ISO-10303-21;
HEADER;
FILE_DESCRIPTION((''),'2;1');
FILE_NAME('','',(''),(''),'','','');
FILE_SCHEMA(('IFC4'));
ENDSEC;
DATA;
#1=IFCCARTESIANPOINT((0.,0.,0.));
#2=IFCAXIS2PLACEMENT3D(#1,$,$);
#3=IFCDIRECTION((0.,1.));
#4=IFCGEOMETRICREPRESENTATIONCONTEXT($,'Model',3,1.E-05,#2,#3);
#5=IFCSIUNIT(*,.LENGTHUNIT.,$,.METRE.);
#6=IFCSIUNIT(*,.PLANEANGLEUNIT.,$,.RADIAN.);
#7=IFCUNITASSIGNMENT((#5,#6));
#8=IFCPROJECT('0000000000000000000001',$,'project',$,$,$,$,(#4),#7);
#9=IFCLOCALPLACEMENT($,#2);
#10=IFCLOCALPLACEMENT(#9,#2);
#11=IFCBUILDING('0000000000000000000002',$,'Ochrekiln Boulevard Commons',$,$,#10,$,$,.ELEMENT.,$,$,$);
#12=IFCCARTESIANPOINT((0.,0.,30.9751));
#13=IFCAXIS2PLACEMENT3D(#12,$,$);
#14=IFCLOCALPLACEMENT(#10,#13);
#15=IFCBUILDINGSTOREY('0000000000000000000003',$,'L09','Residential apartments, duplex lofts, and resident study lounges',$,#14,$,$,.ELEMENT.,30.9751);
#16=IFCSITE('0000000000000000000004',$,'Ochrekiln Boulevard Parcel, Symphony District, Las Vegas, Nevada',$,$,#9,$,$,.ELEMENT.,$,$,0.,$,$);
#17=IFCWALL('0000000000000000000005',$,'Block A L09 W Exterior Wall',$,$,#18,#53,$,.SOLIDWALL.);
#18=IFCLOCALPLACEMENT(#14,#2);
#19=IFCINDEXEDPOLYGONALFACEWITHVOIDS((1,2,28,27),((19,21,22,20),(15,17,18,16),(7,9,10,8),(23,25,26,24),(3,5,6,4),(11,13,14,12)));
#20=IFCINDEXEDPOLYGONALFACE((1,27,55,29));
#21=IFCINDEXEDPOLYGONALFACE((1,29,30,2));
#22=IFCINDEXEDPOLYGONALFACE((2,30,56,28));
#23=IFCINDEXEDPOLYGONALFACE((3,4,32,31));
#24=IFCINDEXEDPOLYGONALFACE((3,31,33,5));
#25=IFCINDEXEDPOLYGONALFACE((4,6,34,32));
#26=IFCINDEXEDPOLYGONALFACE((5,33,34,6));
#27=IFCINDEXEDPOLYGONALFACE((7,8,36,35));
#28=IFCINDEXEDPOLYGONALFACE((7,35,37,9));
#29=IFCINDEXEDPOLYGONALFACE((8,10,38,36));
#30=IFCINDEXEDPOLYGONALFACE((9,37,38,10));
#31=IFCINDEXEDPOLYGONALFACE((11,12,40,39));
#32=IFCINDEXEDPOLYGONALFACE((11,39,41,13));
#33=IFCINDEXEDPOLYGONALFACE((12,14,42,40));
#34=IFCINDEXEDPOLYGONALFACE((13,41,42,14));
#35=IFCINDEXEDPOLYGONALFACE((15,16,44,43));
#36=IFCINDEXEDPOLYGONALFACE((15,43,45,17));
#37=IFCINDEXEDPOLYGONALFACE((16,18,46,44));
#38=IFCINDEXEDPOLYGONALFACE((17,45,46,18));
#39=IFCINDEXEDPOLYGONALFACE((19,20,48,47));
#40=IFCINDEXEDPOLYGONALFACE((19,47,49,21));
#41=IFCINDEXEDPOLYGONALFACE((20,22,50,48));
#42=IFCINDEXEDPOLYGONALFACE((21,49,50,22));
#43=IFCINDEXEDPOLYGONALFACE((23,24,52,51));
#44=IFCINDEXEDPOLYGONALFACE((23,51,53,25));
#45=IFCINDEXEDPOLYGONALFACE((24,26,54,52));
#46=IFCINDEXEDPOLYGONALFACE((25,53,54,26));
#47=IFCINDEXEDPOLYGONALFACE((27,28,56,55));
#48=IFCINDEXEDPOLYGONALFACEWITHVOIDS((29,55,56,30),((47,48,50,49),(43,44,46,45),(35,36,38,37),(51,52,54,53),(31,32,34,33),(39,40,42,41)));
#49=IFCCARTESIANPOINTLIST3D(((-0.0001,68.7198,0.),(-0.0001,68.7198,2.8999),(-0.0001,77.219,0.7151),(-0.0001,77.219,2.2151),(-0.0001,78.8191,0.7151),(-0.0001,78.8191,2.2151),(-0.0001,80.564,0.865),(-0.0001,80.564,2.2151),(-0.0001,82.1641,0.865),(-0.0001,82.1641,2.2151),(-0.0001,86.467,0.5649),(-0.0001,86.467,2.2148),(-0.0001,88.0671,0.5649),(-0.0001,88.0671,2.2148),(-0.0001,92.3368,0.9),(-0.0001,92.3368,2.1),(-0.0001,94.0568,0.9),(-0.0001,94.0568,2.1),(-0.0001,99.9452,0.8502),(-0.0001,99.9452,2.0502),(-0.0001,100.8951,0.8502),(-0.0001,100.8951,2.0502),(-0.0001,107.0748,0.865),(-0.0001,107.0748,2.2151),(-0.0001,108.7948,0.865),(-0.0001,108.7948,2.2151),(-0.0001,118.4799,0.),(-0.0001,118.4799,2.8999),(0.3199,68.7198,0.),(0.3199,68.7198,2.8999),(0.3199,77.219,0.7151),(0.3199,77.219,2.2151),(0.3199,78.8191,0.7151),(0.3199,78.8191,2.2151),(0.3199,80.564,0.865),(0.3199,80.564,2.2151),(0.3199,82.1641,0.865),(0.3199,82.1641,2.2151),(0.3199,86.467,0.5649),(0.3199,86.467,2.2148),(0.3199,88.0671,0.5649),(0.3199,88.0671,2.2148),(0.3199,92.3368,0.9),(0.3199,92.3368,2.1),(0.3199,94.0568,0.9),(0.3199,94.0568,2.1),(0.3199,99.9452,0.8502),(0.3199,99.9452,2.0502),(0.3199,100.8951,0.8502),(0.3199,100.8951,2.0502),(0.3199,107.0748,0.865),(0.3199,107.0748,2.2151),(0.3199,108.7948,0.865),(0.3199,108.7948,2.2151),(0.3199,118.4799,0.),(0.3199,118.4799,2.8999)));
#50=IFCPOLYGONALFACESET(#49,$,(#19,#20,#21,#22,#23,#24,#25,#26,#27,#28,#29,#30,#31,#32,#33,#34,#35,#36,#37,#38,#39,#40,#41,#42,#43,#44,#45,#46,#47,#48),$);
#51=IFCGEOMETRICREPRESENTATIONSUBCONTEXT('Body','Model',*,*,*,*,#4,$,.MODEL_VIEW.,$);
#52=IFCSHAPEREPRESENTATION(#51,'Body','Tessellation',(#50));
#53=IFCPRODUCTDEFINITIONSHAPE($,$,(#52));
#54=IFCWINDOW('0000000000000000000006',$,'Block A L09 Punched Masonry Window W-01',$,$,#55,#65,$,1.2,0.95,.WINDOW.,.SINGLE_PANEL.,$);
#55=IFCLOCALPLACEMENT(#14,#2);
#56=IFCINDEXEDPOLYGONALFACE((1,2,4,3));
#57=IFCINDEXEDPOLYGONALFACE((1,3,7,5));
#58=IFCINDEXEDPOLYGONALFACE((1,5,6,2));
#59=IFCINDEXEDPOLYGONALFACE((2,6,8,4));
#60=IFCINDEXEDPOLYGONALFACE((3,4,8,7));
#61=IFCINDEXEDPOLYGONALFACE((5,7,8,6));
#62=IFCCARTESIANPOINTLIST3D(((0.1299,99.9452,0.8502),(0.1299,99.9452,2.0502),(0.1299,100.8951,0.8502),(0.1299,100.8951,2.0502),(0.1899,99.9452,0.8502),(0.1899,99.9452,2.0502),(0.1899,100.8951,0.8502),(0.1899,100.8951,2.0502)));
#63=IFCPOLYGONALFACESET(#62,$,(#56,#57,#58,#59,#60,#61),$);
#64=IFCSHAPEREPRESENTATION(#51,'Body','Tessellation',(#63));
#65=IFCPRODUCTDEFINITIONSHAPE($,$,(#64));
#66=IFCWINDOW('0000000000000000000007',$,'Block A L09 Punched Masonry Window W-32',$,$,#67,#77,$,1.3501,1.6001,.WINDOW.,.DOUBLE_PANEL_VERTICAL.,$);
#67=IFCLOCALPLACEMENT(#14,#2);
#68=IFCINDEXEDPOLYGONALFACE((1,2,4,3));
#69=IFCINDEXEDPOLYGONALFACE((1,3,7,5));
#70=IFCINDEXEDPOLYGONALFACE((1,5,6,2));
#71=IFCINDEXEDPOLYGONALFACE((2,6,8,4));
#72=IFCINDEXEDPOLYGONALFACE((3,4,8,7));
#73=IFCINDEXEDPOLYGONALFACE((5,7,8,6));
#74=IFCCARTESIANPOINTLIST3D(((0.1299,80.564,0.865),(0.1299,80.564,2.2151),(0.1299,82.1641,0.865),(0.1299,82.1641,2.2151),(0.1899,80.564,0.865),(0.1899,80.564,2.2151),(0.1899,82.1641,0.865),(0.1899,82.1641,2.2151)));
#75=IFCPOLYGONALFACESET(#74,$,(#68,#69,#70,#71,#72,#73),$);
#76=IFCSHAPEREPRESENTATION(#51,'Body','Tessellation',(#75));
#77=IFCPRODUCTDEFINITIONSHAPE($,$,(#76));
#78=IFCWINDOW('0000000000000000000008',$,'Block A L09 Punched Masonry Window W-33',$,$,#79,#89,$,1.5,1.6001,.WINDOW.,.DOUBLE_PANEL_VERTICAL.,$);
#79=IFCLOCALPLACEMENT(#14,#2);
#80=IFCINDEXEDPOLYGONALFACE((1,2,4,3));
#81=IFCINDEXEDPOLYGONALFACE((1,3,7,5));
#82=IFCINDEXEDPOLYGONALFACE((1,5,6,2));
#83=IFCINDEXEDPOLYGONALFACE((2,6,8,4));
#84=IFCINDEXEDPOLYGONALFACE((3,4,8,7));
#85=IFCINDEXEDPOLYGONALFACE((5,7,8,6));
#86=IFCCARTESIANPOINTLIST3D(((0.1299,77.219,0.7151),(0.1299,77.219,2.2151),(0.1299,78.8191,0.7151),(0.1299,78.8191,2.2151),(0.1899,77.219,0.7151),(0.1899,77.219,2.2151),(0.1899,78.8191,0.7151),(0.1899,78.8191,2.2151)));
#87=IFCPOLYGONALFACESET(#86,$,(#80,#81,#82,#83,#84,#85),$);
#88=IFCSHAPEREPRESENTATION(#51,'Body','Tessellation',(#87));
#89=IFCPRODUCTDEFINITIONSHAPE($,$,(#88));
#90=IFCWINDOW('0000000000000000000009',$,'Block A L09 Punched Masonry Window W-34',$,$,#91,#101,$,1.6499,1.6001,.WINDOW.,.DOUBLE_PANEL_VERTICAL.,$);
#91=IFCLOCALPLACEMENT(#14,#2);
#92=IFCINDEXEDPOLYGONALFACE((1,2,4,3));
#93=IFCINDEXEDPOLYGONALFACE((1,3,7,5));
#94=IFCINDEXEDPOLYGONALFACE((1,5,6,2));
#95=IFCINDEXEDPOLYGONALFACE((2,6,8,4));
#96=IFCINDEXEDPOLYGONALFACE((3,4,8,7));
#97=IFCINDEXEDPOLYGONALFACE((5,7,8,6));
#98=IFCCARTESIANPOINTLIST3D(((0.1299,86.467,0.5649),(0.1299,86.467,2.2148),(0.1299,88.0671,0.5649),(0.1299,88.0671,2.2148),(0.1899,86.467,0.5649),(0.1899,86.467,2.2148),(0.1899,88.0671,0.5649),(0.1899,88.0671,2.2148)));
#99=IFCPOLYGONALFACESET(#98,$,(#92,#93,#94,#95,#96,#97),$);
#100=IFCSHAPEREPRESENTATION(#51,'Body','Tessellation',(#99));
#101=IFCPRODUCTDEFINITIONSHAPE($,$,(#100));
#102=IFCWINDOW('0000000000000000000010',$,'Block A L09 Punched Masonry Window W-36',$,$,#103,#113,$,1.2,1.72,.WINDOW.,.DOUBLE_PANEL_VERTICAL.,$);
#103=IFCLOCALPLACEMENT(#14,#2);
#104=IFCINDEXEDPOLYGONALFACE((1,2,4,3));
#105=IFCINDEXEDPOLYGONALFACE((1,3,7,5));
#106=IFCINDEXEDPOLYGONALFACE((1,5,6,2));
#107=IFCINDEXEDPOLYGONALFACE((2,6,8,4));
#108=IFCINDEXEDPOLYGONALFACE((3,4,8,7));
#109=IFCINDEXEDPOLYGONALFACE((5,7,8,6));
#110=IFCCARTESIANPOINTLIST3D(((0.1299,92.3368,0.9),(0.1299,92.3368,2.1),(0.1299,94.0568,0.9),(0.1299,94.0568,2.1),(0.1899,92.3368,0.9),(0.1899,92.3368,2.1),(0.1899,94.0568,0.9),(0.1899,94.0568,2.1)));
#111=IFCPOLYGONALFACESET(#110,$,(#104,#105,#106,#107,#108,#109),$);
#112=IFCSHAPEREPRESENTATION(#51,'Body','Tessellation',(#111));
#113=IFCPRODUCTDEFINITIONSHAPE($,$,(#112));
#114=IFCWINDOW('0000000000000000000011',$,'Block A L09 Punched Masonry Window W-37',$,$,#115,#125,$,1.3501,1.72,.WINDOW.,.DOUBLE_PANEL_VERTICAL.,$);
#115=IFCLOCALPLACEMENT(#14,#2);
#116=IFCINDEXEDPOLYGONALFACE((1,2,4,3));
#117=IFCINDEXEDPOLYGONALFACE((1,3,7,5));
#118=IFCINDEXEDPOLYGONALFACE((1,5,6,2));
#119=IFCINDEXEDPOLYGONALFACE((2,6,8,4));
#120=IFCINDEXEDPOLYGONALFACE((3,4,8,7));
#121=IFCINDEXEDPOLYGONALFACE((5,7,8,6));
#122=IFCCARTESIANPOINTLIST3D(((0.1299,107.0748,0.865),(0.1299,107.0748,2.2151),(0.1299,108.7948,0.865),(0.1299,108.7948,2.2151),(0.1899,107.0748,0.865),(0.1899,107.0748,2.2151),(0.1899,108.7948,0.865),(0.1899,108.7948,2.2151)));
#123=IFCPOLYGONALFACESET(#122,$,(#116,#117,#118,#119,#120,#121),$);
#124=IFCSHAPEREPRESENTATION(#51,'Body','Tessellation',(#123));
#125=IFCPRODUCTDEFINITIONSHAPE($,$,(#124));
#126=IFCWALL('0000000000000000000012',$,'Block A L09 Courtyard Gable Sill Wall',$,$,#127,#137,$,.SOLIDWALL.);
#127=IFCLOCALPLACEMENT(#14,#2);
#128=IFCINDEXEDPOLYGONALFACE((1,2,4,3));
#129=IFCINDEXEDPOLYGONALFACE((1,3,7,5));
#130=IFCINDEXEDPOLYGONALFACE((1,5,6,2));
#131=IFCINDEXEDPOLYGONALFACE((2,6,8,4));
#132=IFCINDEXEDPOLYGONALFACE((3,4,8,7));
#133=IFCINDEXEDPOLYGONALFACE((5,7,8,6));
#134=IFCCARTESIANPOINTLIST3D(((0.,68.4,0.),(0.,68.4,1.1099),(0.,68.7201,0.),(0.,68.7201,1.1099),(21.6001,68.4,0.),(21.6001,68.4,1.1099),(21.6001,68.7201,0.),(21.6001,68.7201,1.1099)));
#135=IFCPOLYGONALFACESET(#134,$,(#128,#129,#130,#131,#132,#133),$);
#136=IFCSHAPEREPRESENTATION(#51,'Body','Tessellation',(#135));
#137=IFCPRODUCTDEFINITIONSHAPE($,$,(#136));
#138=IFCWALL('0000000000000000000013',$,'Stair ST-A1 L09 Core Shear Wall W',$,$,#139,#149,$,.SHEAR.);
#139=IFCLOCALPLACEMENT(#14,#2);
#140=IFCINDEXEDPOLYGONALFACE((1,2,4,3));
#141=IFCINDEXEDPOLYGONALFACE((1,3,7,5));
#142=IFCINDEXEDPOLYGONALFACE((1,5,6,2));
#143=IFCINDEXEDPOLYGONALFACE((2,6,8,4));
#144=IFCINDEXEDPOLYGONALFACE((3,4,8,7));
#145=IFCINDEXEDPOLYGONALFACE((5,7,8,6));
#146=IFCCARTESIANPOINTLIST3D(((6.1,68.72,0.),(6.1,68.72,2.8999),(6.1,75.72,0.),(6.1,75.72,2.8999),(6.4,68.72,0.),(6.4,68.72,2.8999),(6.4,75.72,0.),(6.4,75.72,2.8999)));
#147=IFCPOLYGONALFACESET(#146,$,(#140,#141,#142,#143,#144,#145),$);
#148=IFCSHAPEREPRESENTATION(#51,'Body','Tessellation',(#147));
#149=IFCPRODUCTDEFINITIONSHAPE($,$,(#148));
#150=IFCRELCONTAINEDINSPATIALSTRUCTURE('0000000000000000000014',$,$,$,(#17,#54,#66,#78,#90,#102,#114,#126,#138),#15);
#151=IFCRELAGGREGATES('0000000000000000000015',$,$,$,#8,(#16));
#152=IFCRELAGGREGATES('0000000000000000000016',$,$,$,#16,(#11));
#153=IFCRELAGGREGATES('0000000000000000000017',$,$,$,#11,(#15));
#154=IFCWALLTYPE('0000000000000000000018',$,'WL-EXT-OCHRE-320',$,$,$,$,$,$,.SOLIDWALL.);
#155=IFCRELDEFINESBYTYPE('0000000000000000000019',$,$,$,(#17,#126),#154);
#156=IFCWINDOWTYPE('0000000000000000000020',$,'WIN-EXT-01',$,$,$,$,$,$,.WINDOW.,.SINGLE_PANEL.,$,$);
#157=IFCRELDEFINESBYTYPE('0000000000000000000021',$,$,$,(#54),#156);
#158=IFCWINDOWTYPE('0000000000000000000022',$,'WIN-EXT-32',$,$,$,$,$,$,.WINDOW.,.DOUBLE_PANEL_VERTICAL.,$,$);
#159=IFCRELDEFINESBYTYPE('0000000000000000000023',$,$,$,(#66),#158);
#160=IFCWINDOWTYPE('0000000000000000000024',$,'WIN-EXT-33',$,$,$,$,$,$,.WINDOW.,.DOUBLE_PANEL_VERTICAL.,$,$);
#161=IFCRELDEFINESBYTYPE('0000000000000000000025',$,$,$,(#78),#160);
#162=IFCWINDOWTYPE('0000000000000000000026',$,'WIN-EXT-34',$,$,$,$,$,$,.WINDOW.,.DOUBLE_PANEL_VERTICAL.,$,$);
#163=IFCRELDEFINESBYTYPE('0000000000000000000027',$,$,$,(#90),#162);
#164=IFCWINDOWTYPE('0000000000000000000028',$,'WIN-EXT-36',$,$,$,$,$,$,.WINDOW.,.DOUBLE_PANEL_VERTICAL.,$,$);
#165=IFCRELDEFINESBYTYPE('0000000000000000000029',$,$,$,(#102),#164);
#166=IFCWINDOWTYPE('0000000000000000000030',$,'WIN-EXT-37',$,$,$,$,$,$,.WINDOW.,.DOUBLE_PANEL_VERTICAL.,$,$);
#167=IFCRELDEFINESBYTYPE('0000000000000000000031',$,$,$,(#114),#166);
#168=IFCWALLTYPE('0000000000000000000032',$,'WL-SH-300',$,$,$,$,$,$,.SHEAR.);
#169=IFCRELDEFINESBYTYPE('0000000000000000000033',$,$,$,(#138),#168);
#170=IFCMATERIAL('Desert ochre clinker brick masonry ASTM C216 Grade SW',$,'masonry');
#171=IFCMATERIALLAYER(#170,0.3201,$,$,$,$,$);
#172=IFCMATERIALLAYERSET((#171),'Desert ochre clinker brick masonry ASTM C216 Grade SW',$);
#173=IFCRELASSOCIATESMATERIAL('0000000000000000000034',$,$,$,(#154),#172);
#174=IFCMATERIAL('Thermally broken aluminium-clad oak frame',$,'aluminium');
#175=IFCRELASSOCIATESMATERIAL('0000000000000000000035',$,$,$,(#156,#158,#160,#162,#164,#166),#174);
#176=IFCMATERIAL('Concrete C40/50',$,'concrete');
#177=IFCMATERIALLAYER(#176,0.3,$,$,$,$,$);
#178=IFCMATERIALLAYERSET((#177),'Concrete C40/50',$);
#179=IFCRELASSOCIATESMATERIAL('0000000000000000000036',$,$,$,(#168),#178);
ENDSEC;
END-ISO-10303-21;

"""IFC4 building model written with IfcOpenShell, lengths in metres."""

from ifc_helpers import new_model, si_unit, direction, frame, frame_2d, origin, place, context, subcontext, project, spatial, rectangle, extrude, material, layer, layer_set, type_object, element, fill, save


model = new_model("IFC4")

# Units and contexts
model_context = context("Model", 3, precision=1e-05, world=origin(), true_north=direction((0.0, 1.0)))
body_context = subcontext(model_context, "Body", "Model", "MODEL_VIEW")
ifc_project = project(units=[si_unit("LENGTHUNIT", "METRE"), si_unit("PLANEANGLEUNIT", "RADIAN")], contexts=[model_context])

# Site, building, storey
site_placement = place(None, origin())
site = spatial("IfcSite", under=ifc_project, at=site_placement, Name="Ochrekiln Boulevard Parcel, Symphony District, Las Vegas, Nevada", CompositionType="ELEMENT", RefElevation=0.0)
building_placement = place(site_placement, origin())
building = spatial("IfcBuilding", under=site, at=building_placement, Name="Ochrekiln Boulevard Commons", CompositionType="ELEMENT")
storey_placement = place(building_placement, frame((0.0, 0.0, 30.9751)))
storey = spatial("IfcBuildingStorey", under=building, at=storey_placement, Name="L09", Description="Residential apartments, duplex lofts, and resident study lounges", CompositionType="ELEMENT", Elevation=30.9751)

# Wall, openings, windows
ifc_material_1 = material(Name="Desert ochre clinker brick masonry ASTM C216 Grade SW", Category="masonry")
ifc_layer_1 = layer(ifc_material_1, 0.3201)
ifc_layer_set_1 = layer_set([ifc_layer_1], Name="Desert ochre clinker brick masonry ASTM C216 Grade SW")
wall_type_1 = type_object("IfcWallType", Name="WL-EXT-OCHRE-320", PredefinedType="SOLIDWALL", material=ifc_layer_set_1)
wall_1_placement = place(storey_placement, frame((0.1599, 68.72, 0.0), z_axis=(0.0, 0.0, 1.0), x_axis=(0.0, 1.0, 0.0)))
wall_1 = element("IfcWall", 1, at=wall_1_placement, inside=storey, type_object=wall_type_1, Name="Block A L09 W Exterior Wall", PredefinedType="SOLIDWALL", context=body_context, shape_type="SweptSolid", body=[
    extrude(rectangle(XDim=49.76, YDim=0.3201, at=frame_2d((24.8799, 0.0))), origin(), (0.0, 0.0, 1.0), 2.8999),
])
opening_1_placement = place(wall_1_placement, frame((11.844, 0.0, 0.865)))
opening_1 = element("IfcOpeningElement", 2, at=opening_1_placement, cuts=wall_1, PredefinedType="OPENING", context=body_context, shape_type="SweptSolid", body=[
    extrude(rectangle(XDim=1.6001, YDim=1.3501, at=frame_2d((0.8, 0.675))), frame((0.0, 0.1699, 0.0), z_axis=(0.0, -1.0, 0.0), x_axis=(1.0, 0.0, 0.0)), (0.0, 0.0, 1.0), 0.3401),
])
opening_2_placement = place(wall_1_placement, frame((8.499, 0.0, 0.7151)))
opening_2 = element("IfcOpeningElement", 3, at=opening_2_placement, cuts=wall_1, PredefinedType="OPENING", context=body_context, shape_type="SweptSolid", body=[
    extrude(rectangle(XDim=1.6001, YDim=1.5, at=frame_2d((0.8, 0.75))), frame((0.0, 0.1699, 0.0), z_axis=(0.0, -1.0, 0.0), x_axis=(1.0, 0.0, 0.0)), (0.0, 0.0, 1.0), 0.3401),
])
opening_3_placement = place(wall_1_placement, frame((17.7471, 0.0, 0.5649)))
opening_3 = element("IfcOpeningElement", 4, at=opening_3_placement, cuts=wall_1, PredefinedType="OPENING", context=body_context, shape_type="SweptSolid", body=[
    extrude(rectangle(XDim=1.6001, YDim=1.6499, at=frame_2d((0.8, 0.825))), frame((0.0, 0.1699, 0.0), z_axis=(0.0, -1.0, 0.0), x_axis=(1.0, 0.0, 0.0)), (0.0, 0.0, 1.0), 0.3401),
])
opening_4_placement = place(wall_1_placement, frame((31.2251, 0.0, 0.8501)))
opening_4 = element("IfcOpeningElement", 5, at=opening_4_placement, cuts=wall_1, PredefinedType="OPENING", context=body_context, shape_type="SweptSolid", body=[
    extrude(rectangle(XDim=0.95, YDim=1.2, at=frame_2d((0.4751, 0.6001))), frame((0.0, 0.1699, 0.0), z_axis=(0.0, -1.0, 0.0), x_axis=(1.0, 0.0, 0.0)), (0.0, 0.0, 1.0), 0.3401),
])
opening_5_placement = place(wall_1_placement, frame((23.6169, 0.0, 0.8999)))
opening_5 = element("IfcOpeningElement", 6, at=opening_5_placement, cuts=wall_1, PredefinedType="OPENING", context=body_context, shape_type="SweptSolid", body=[
    extrude(rectangle(XDim=1.72, YDim=1.2, at=frame_2d((0.8599, 0.6001))), frame((0.0, 0.1699, 0.0), z_axis=(0.0, -1.0, 0.0), x_axis=(1.0, 0.0, 0.0)), (0.0, 0.0, 1.0), 0.3401),
])
opening_6_placement = place(wall_1_placement, frame((38.355, 0.0, 0.865)))
opening_6 = element("IfcOpeningElement", 7, at=opening_6_placement, cuts=wall_1, PredefinedType="OPENING", context=body_context, shape_type="SweptSolid", body=[
    extrude(rectangle(XDim=1.72, YDim=1.3501, at=frame_2d((0.8599, 0.675))), frame((0.0, 0.1699, 0.0), z_axis=(0.0, -1.0, 0.0), x_axis=(1.0, 0.0, 0.0)), (0.0, 0.0, 1.0), 0.3401),
])
ifc_material_2 = material(Name="Thermally broken aluminium-clad oak frame", Category="aluminium")
window_type_1 = type_object("IfcWindowType", Name="WIN-EXT-01", PartitioningType="SINGLE_PANEL", PredefinedType="WINDOW", material=ifc_material_2)
window_1_placement = place(opening_4_placement, origin())
window_1 = element("IfcWindow", 8, at=window_1_placement, inside=storey, type_object=window_type_1, Name="Block A L09 Punched Masonry Window W-01", OverallHeight=1.2, OverallWidth=0.95, PartitioningType="SINGLE_PANEL", PredefinedType="WINDOW", context=body_context, shape_type="SweptSolid", body=[
    extrude(rectangle(XDim=0.95, YDim=1.2, at=frame_2d((0.4751, 0.6001))), frame((0.0, 0.03, 0.0), z_axis=(0.0, -1.0, 0.0), x_axis=(1.0, 0.0, 0.0)), (0.0, 0.0, 1.0), 0.0601),
])
fill(opening_4, window_1)
window_type_2 = type_object("IfcWindowType", Name="WIN-EXT-32", PartitioningType="DOUBLE_PANEL_VERTICAL", PredefinedType="WINDOW", material=ifc_material_2)
window_2_placement = place(opening_1_placement, origin())
window_2 = element("IfcWindow", 9, at=window_2_placement, inside=storey, type_object=window_type_2, Name="Block A L09 Punched Masonry Window W-32", OverallHeight=1.3501, OverallWidth=1.6001, PartitioningType="DOUBLE_PANEL_VERTICAL", PredefinedType="WINDOW", context=body_context, shape_type="SweptSolid", body=[
    extrude(rectangle(XDim=1.6001, YDim=1.3501, at=frame_2d((0.8, 0.675))), frame((0.0, 0.03, 0.0), z_axis=(0.0, -1.0, 0.0), x_axis=(1.0, 0.0, 0.0)), (0.0, 0.0, 1.0), 0.0601),
])
fill(opening_1, window_2)
window_type_3 = type_object("IfcWindowType", Name="WIN-EXT-33", PartitioningType="DOUBLE_PANEL_VERTICAL", PredefinedType="WINDOW", material=ifc_material_2)
window_3_placement = place(opening_2_placement, origin())
window_3 = element("IfcWindow", 10, at=window_3_placement, inside=storey, type_object=window_type_3, Name="Block A L09 Punched Masonry Window W-33", OverallHeight=1.5, OverallWidth=1.6001, PartitioningType="DOUBLE_PANEL_VERTICAL", PredefinedType="WINDOW", context=body_context, shape_type="SweptSolid", body=[
    extrude(rectangle(XDim=1.6001, YDim=1.5, at=frame_2d((0.8, 0.75))), frame((0.0, 0.03, 0.0), z_axis=(0.0, -1.0, 0.0), x_axis=(1.0, 0.0, 0.0)), (0.0, 0.0, 1.0), 0.0601),
])
fill(opening_2, window_3)
window_type_4 = type_object("IfcWindowType", Name="WIN-EXT-34", PartitioningType="DOUBLE_PANEL_VERTICAL", PredefinedType="WINDOW", material=ifc_material_2)
window_4_placement = place(opening_3_placement, origin())
window_4 = element("IfcWindow", 11, at=window_4_placement, inside=storey, type_object=window_type_4, Name="Block A L09 Punched Masonry Window W-34", OverallHeight=1.6499, OverallWidth=1.6001, PartitioningType="DOUBLE_PANEL_VERTICAL", PredefinedType="WINDOW", context=body_context, shape_type="SweptSolid", body=[
    extrude(rectangle(XDim=1.6001, YDim=1.6499, at=frame_2d((0.8, 0.825))), frame((0.0, 0.03, 0.0), z_axis=(0.0, -1.0, 0.0), x_axis=(1.0, 0.0, 0.0)), (0.0, 0.0, 1.0), 0.0601),
])
fill(opening_3, window_4)
window_type_5 = type_object("IfcWindowType", Name="WIN-EXT-36", PartitioningType="DOUBLE_PANEL_VERTICAL", PredefinedType="WINDOW", material=ifc_material_2)
window_5_placement = place(opening_5_placement, origin())
window_5 = element("IfcWindow", 12, at=window_5_placement, inside=storey, type_object=window_type_5, Name="Block A L09 Punched Masonry Window W-36", OverallHeight=1.2, OverallWidth=1.72, PartitioningType="DOUBLE_PANEL_VERTICAL", PredefinedType="WINDOW", context=body_context, shape_type="SweptSolid", body=[
    extrude(rectangle(XDim=1.72, YDim=1.2, at=frame_2d((0.8599, 0.6001))), frame((0.0, 0.03, 0.0), z_axis=(0.0, -1.0, 0.0), x_axis=(1.0, 0.0, 0.0)), (0.0, 0.0, 1.0), 0.0601),
])
fill(opening_5, window_5)
window_type_6 = type_object("IfcWindowType", Name="WIN-EXT-37", PartitioningType="DOUBLE_PANEL_VERTICAL", PredefinedType="WINDOW", material=ifc_material_2)
window_6_placement = place(opening_6_placement, origin())
window_6 = element("IfcWindow", 13, at=window_6_placement, inside=storey, type_object=window_type_6, Name="Block A L09 Punched Masonry Window W-37", OverallHeight=1.3501, OverallWidth=1.72, PartitioningType="DOUBLE_PANEL_VERTICAL", PredefinedType="WINDOW", context=body_context, shape_type="SweptSolid", body=[
    extrude(rectangle(XDim=1.72, YDim=1.3501, at=frame_2d((0.8599, 0.675))), frame((0.0, 0.03, 0.0), z_axis=(0.0, -1.0, 0.0), x_axis=(1.0, 0.0, 0.0)), (0.0, 0.0, 1.0), 0.0601),
])
fill(opening_6, window_6)

# Walls
wall_2_placement = place(storey_placement, frame((0.0, 68.5601, 0.0), z_axis=(0.0, 0.0, 1.0), x_axis=(1.0, 0.0, 0.0)))
element("IfcWall", 14, at=wall_2_placement, inside=storey, type_object=wall_type_1, Name="Block A L09 Courtyard Gable Sill Wall", PredefinedType="SOLIDWALL", context=body_context, shape_type="SweptSolid", body=[
    extrude(rectangle(XDim=21.6001, YDim=0.3201, at=frame_2d((10.8, 0.0))), origin(), (0.0, 0.0, 1.0), 1.1099),
])
ifc_material_3 = material(Name="Concrete C40/50", Category="concrete")
ifc_layer_2 = layer(ifc_material_3, 0.3)
ifc_layer_set_2 = layer_set([ifc_layer_2], Name="Concrete C40/50")
wall_type_2 = type_object("IfcWallType", Name="WL-SH-300", PredefinedType="SHEAR", material=ifc_layer_set_2)
wall_3_placement = place(storey_placement, frame((6.25, 68.72, 0.0), z_axis=(0.0, 0.0, 1.0), x_axis=(0.0, 1.0, 0.0)))
element("IfcWall", 15, at=wall_3_placement, inside=storey, type_object=wall_type_2, Name="Stair ST-A1 L09 Core Shear Wall W", PredefinedType="SHEAR", context=body_context, shape_type="SweptSolid", body=[
    extrude(rectangle(XDim=7.0, YDim=0.3, at=frame_2d((3.5, 0.0))), origin(), (0.0, 0.0, 1.0), 2.8999),
])

save(model, "model.ifc")
